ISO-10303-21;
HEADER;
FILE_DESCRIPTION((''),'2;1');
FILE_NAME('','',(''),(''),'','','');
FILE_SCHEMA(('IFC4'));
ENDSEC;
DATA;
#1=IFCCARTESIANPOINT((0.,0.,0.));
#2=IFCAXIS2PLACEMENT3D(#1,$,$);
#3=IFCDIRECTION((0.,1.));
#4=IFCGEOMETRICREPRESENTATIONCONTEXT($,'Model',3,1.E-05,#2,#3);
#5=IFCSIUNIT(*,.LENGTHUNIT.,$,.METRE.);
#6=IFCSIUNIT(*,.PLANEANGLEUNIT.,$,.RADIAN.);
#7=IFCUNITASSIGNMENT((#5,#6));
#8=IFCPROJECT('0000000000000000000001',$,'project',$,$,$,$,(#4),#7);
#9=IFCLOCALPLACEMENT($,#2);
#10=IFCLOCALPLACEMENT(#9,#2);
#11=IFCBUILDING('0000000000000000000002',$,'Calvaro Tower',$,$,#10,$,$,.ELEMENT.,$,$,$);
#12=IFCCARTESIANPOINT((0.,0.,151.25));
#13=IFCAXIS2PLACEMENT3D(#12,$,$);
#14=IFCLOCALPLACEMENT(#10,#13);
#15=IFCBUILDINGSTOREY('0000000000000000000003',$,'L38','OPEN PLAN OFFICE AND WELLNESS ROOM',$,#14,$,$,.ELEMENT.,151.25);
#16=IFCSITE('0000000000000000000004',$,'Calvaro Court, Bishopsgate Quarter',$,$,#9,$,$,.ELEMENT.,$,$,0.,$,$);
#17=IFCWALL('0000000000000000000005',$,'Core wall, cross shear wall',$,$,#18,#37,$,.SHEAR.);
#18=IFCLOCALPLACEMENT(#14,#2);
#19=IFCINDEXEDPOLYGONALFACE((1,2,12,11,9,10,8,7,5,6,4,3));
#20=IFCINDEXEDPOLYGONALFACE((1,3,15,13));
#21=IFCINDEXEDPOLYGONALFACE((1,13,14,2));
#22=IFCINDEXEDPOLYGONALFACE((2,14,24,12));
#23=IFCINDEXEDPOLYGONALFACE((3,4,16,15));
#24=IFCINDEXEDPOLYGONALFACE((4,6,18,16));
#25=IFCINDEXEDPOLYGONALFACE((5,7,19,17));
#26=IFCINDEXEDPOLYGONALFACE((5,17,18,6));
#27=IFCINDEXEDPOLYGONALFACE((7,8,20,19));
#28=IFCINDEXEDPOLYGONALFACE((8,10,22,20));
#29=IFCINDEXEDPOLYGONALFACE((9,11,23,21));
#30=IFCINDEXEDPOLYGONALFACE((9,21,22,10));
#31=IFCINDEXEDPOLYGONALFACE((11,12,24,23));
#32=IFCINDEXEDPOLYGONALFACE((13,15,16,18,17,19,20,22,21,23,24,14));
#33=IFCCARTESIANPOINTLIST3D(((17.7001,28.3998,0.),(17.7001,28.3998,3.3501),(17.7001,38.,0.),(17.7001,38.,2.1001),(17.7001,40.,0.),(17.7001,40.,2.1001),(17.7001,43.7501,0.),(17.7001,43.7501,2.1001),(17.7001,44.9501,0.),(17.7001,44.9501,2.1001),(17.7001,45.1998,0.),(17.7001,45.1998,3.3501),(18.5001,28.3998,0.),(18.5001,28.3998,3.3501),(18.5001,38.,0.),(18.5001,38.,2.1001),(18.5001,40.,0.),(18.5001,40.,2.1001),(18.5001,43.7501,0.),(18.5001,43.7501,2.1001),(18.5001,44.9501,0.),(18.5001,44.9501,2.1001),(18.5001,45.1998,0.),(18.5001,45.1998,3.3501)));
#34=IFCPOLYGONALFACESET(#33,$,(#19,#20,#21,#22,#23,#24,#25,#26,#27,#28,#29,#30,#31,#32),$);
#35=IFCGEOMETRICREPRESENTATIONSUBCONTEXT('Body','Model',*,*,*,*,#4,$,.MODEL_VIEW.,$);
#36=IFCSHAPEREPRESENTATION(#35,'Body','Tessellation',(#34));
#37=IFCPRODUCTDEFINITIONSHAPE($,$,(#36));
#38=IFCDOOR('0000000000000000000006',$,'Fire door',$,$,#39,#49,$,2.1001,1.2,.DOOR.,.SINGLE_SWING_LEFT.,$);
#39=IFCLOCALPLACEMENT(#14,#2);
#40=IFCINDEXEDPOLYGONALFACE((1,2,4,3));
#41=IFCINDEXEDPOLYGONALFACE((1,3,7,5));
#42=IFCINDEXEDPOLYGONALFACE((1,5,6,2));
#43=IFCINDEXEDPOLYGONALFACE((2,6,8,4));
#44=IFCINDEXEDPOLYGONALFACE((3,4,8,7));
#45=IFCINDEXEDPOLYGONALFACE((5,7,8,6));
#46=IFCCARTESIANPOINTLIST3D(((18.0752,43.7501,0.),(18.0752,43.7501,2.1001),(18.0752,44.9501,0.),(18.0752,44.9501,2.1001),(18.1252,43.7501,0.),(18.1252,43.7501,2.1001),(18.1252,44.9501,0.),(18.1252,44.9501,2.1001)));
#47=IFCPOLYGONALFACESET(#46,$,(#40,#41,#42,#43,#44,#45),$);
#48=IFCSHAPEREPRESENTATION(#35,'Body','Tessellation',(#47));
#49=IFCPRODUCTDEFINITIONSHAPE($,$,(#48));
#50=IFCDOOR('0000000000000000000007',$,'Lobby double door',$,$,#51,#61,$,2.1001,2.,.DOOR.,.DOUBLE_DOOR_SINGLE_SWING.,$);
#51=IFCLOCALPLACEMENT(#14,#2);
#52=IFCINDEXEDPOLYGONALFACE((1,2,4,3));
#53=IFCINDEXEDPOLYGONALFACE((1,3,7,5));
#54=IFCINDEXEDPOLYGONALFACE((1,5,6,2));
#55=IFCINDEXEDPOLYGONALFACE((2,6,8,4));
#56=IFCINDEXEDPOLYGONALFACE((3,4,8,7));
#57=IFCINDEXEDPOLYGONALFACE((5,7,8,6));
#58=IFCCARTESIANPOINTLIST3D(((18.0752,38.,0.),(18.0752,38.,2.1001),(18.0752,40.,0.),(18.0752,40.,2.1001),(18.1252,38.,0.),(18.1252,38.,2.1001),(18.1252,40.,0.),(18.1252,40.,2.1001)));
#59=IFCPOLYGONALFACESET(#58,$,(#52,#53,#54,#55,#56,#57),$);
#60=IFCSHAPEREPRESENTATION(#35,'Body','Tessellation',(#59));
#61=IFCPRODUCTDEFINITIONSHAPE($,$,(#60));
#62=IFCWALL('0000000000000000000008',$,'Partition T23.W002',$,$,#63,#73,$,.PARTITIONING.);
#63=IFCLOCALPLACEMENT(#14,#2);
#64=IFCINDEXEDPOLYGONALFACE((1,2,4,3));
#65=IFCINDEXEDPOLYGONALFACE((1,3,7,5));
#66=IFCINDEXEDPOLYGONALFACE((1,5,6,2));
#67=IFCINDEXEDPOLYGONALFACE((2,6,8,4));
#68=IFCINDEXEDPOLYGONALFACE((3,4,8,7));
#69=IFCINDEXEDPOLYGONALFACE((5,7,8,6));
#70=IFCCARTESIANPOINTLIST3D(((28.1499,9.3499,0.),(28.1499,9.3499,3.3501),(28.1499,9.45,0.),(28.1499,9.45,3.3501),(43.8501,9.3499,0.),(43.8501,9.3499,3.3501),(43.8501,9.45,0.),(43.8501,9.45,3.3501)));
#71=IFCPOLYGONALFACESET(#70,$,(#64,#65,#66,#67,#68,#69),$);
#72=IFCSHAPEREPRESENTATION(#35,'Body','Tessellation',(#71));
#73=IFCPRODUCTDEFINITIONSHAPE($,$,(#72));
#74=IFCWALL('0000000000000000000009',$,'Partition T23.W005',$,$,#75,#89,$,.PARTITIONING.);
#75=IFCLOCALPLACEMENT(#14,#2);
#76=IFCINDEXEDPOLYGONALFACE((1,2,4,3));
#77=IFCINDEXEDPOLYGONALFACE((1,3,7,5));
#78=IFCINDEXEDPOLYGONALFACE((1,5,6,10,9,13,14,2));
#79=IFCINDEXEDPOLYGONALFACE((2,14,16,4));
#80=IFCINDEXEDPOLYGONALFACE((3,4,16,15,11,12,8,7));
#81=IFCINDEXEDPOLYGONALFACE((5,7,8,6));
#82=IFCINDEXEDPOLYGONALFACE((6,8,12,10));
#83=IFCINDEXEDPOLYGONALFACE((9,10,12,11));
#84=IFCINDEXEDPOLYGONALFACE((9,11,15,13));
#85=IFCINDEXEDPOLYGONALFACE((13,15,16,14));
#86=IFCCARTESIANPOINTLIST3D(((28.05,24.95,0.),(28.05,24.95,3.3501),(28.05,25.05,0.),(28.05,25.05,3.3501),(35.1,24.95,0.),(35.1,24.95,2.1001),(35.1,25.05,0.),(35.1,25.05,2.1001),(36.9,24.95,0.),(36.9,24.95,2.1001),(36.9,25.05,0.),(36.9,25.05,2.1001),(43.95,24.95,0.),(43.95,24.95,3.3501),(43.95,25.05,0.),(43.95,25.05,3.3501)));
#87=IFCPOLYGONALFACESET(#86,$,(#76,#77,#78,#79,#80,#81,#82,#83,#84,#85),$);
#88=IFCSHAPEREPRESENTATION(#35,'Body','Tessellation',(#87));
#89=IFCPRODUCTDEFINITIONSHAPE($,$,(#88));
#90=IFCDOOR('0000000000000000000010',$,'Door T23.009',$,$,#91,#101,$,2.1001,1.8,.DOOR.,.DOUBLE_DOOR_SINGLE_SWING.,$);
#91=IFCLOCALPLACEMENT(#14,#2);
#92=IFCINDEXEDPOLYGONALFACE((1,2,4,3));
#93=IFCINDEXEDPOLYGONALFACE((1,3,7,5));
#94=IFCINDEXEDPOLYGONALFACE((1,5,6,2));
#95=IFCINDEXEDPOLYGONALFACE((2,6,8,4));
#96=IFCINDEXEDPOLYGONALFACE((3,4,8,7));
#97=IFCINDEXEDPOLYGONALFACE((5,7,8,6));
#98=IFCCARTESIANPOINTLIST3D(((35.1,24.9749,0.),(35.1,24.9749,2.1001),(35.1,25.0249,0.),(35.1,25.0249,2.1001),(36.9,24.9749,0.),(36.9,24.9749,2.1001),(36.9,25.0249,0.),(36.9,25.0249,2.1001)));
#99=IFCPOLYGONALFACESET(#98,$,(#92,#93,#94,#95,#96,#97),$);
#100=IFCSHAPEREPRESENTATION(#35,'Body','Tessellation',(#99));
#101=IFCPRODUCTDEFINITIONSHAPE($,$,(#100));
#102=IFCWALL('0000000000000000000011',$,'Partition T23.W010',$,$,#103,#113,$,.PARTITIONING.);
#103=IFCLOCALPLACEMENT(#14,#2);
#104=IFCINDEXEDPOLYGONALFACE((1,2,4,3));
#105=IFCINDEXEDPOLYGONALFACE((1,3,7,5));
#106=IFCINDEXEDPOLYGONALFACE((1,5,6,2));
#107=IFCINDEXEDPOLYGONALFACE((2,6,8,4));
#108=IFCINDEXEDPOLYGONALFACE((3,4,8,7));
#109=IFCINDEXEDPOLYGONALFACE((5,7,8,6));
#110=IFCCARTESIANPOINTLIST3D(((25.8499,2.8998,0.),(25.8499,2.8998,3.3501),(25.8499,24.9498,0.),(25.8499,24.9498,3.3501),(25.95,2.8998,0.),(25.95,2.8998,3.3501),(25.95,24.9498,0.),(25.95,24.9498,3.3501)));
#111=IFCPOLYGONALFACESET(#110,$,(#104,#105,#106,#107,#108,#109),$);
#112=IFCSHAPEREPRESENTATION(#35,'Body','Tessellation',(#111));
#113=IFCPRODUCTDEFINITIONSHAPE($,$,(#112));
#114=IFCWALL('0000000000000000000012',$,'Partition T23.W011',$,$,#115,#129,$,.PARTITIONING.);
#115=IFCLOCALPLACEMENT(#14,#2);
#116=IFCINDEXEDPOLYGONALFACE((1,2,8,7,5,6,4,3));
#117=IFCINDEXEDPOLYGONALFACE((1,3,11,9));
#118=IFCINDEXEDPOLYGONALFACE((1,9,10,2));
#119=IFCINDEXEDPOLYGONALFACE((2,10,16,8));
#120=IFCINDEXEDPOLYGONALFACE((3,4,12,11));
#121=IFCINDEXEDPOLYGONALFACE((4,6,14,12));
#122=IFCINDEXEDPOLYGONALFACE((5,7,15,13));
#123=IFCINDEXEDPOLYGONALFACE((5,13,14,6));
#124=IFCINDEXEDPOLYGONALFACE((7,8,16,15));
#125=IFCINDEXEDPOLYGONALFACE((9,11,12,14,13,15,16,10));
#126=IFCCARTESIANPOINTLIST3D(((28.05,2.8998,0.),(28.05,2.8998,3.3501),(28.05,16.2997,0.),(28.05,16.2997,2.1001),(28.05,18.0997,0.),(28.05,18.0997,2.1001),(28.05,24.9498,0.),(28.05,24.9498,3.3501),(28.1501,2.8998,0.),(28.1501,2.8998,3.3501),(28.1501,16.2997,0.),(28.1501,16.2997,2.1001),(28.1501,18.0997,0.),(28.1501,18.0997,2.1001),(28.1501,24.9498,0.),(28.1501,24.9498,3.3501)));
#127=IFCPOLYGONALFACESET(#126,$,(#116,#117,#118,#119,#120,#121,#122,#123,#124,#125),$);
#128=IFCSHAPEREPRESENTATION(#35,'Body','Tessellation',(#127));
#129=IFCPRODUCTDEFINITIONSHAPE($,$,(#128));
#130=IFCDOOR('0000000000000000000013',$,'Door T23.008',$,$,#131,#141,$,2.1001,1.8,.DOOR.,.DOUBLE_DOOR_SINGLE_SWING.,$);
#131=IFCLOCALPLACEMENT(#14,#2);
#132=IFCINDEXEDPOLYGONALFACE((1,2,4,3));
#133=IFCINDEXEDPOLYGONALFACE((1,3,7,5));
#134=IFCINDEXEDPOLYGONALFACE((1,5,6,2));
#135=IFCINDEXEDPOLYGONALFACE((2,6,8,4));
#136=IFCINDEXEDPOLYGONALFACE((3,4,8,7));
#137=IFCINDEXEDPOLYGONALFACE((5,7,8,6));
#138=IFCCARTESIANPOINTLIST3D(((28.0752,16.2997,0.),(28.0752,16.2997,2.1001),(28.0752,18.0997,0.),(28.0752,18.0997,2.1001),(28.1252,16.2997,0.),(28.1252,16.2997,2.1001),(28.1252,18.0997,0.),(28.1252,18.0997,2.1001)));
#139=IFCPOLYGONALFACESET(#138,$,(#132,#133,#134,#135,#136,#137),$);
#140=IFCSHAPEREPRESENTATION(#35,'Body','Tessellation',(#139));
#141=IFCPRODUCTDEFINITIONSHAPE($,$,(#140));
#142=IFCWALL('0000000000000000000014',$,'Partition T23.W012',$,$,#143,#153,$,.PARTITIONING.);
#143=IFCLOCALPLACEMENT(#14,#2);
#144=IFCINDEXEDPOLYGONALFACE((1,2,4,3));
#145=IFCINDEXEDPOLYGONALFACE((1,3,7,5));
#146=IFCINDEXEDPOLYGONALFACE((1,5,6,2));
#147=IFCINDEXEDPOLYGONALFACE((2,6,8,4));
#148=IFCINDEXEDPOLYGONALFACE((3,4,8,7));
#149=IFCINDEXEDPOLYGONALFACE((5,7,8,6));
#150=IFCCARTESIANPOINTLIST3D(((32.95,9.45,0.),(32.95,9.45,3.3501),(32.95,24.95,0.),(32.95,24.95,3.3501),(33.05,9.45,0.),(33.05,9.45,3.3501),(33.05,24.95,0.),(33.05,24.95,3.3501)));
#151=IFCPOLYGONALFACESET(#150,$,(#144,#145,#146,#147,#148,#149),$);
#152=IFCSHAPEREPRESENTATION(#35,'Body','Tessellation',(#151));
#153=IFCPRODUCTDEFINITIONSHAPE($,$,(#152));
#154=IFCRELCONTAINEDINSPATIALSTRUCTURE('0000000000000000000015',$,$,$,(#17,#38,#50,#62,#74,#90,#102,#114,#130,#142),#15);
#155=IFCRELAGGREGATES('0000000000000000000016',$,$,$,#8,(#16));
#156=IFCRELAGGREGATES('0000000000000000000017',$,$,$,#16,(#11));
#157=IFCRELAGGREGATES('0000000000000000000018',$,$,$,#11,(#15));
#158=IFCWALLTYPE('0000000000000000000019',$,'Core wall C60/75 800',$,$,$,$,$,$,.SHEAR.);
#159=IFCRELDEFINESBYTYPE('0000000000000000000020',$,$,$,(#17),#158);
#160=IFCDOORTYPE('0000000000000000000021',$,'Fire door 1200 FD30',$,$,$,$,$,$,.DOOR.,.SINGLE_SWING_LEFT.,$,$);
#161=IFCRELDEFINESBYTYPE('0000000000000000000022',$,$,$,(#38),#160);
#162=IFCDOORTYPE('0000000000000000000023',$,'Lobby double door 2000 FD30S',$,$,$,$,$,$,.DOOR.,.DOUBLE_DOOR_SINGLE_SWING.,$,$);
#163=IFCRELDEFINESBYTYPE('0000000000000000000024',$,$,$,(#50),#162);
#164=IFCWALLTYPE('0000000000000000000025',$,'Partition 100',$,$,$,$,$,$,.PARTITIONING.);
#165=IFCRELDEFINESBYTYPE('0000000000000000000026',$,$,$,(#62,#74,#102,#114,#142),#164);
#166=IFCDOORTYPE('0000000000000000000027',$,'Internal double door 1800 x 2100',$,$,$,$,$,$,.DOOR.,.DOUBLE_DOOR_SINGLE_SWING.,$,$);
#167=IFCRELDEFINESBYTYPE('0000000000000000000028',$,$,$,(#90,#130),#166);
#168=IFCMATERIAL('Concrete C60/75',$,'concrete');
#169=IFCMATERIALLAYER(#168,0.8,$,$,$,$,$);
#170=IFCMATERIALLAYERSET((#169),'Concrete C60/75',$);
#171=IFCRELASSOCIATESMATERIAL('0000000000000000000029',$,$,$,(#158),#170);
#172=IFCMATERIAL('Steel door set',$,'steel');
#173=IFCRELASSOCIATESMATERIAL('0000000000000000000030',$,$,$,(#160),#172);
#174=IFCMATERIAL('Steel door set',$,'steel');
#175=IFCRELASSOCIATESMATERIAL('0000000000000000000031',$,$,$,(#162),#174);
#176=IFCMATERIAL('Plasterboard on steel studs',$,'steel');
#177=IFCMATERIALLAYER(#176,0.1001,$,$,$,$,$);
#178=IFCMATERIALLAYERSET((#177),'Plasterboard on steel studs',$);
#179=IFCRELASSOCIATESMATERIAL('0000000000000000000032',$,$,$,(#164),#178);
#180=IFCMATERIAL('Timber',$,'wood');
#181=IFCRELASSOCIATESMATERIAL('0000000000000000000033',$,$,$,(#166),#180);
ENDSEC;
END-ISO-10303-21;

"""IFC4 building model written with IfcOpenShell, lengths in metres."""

from ifc_helpers import new_model, si_unit, direction, frame, frame_2d, origin, place, context, subcontext, project, spatial, rectangle, extrude, material, layer, layer_set, type_object, element, fill, save


model = new_model("IFC4")

# Units and contexts
model_context = context("Model", 3, precision=1e-05, world=origin(), true_north=direction((0.0, 1.0)))
body_context = subcontext(model_context, "Body", "Model", "MODEL_VIEW")
ifc_project = project(units=[si_unit("LENGTHUNIT", "METRE"), si_unit("PLANEANGLEUNIT", "RADIAN")], contexts=[model_context])

# Site, building, storey
site_placement = place(None, origin())
site = spatial("IfcSite", under=ifc_project, at=site_placement, Name="Calvaro Court, Bishopsgate Quarter", CompositionType="ELEMENT", RefElevation=0.0)
building_placement = place(site_placement, origin())
building = spatial("IfcBuilding", under=site, at=building_placement, Name="Calvaro Tower", CompositionType="ELEMENT")
storey_placement = place(building_placement, frame((0.0, 0.0, 151.25)))
storey = spatial("IfcBuildingStorey", under=building, at=storey_placement, Name="L38", Description="OPEN PLAN OFFICE AND WELLNESS ROOM", CompositionType="ELEMENT", Elevation=151.25)

# Wall, openings, doors
ifc_material_1 = material(Name="Concrete C60/75", Category="concrete")
ifc_layer_1 = layer(ifc_material_1, 0.8)
ifc_layer_set_1 = layer_set([ifc_layer_1], Name="Concrete C60/75")
wall_type_1 = type_object("IfcWallType", Name="Core wall C60/75 800", PredefinedType="SHEAR", material=ifc_layer_set_1)
wall_1_placement = place(storey_placement, frame((18.1001, 28.3999, 0.0), z_axis=(0.0, 0.0, 1.0), x_axis=(0.0, 1.0, 0.0)))
wall_1 = element("IfcWall", 1, at=wall_1_placement, inside=storey, type_object=wall_type_1, Name="Core wall, cross shear wall", PredefinedType="SHEAR", context=body_context, shape_type="SweptSolid", body=[
    extrude(rectangle(XDim=16.8, YDim=0.8, at=frame_2d((8.3999, 0.0))), origin(), (0.0, 0.0, 1.0), 3.3501),
])
opening_1_placement = place(wall_1_placement, frame((9.6001, 0.0, 0.0)))
opening_1 = element("IfcOpeningElement", 2, at=opening_1_placement, cuts=wall_1, PredefinedType="OPENING", context=body_context, shape_type="SweptSolid", body=[
    extrude(rectangle(XDim=2.0, YDim=2.1001, at=frame_2d((1.0, 1.05))), frame((0.0, 0.4099, 0.0), z_axis=(0.0, -1.0, 0.0), x_axis=(1.0, 0.0, 0.0)), (0.0, 0.0, 1.0), 0.8201),
])
opening_2_placement = place(wall_1_placement, frame((15.3501, 0.0, 0.0)))
opening_2 = element("IfcOpeningElement", 3, at=opening_2_placement, cuts=wall_1, PredefinedType="OPENING", context=body_context, shape_type="SweptSolid", body=[
    extrude(rectangle(XDim=1.2, YDim=2.1001, at=frame_2d((0.6001, 1.05))), frame((0.0, 0.4099, 0.0), z_axis=(0.0, -1.0, 0.0), x_axis=(1.0, 0.0, 0.0)), (0.0, 0.0, 1.0), 0.8201),
])
ifc_material_2 = material(Name="Steel door set", Category="steel")
door_type_1 = type_object("IfcDoorType", Name="Fire door 1200 FD30", OperationType="SINGLE_SWING_LEFT", PredefinedType="DOOR", material=ifc_material_2)
door_1_placement = place(opening_2_placement, origin())
door_1 = element("IfcDoor", 4, at=door_1_placement, inside=storey, type_object=door_type_1, Name="Fire door", OperationType="SINGLE_SWING_LEFT", OverallHeight=2.1001, OverallWidth=1.2, PredefinedType="DOOR", context=body_context, shape_type="SweptSolid", body=[
    extrude(rectangle(XDim=1.2, YDim=2.1001, at=frame_2d((0.6001, 1.05))), frame((0.0, 0.0249, 0.0), z_axis=(0.0, -1.0, 0.0), x_axis=(1.0, 0.0, 0.0)), (0.0, 0.0, 1.0), 0.05),
])
fill(opening_2, door_1)
ifc_material_3 = material(Name="Steel door set", Category="steel")
door_type_2 = type_object("IfcDoorType", Name="Lobby double door 2000 FD30S", OperationType="DOUBLE_DOOR_SINGLE_SWING", PredefinedType="DOOR", material=ifc_material_3)
door_2_placement = place(opening_1_placement, origin())
door_2 = element("IfcDoor", 5, at=door_2_placement, inside=storey, type_object=door_type_2, Name="Lobby double door", OperationType="DOUBLE_DOOR_SINGLE_SWING", OverallHeight=2.1001, OverallWidth=2.0, PredefinedType="DOOR", context=body_context, shape_type="SweptSolid", body=[
    extrude(rectangle(XDim=2.0, YDim=2.1001, at=frame_2d((1.0, 1.05))), frame((0.0, 0.0249, 0.0), z_axis=(0.0, -1.0, 0.0), x_axis=(1.0, 0.0, 0.0)), (0.0, 0.0, 1.0), 0.05),
])
fill(opening_1, door_2)

# Wall
ifc_material_4 = material(Name="Plasterboard on steel studs", Category="steel")
ifc_layer_2 = layer(ifc_material_4, 0.1001)
ifc_layer_set_2 = layer_set([ifc_layer_2], Name="Plasterboard on steel studs")
wall_type_2 = type_object("IfcWallType", Name="Partition 100", PredefinedType="PARTITIONING", material=ifc_layer_set_2)
wall_2_placement = place(storey_placement, frame((28.1499, 9.3999, 0.0), z_axis=(0.0, 0.0, 1.0), x_axis=(1.0, 0.0, 0.0)))
element("IfcWall", 6, at=wall_2_placement, inside=storey, type_object=wall_type_2, Name="Partition T23.W002", PredefinedType="PARTITIONING", context=body_context, shape_type="SweptSolid", body=[
    extrude(rectangle(XDim=15.7002, YDim=0.1001, at=frame_2d((7.8501, 0.0))), origin(), (0.0, 0.0, 1.0), 3.3501),
])

# Wall, opening, door
wall_3_placement = place(storey_placement, frame((28.05, 25.0, 0.0), z_axis=(0.0, 0.0, 1.0), x_axis=(1.0, 0.0, 0.0)))
wall_3 = element("IfcWall", 7, at=wall_3_placement, inside=storey, type_object=wall_type_2, Name="Partition T23.W005", PredefinedType="PARTITIONING", context=body_context, shape_type="SweptSolid", body=[
    extrude(rectangle(XDim=15.8999, YDim=0.1001, at=frame_2d((7.95, 0.0))), origin(), (0.0, 0.0, 1.0), 3.3501),
])
opening_3_placement = place(wall_3_placement, frame((7.05, 0.0, 0.0)))
opening_3 = element("IfcOpeningElement", 8, at=opening_3_placement, cuts=wall_3, PredefinedType="OPENING", context=body_context, shape_type="SweptSolid", body=[
    extrude(rectangle(XDim=1.8, YDim=2.1001, at=frame_2d((0.8999, 1.05))), frame((0.0, 0.0601, 0.0), z_axis=(0.0, -1.0, 0.0), x_axis=(1.0, 0.0, 0.0)), (0.0, 0.0, 1.0), 0.1201),
])
ifc_material_5 = material(Name="Timber", Category="wood")
door_type_3 = type_object("IfcDoorType", Name="Internal double door 1800 x 2100", OperationType="DOUBLE_DOOR_SINGLE_SWING", PredefinedType="DOOR", material=ifc_material_5)
door_3_placement = place(opening_3_placement, origin())
door_3 = element("IfcDoor", 9, at=door_3_placement, inside=storey, type_object=door_type_3, Name="Door T23.009", OperationType="DOUBLE_DOOR_SINGLE_SWING", OverallHeight=2.1001, OverallWidth=1.8, PredefinedType="DOOR", context=body_context, shape_type="SweptSolid", body=[
    extrude(rectangle(XDim=1.8, YDim=2.1001, at=frame_2d((0.8999, 1.05))), frame((0.0, 0.0249, 0.0), z_axis=(0.0, -1.0, 0.0), x_axis=(1.0, 0.0, 0.0)), (0.0, 0.0, 1.0), 0.05),
])
fill(opening_3, door_3)

# Wall
wall_4_placement = place(storey_placement, frame((25.8999, 2.8999, 0.0), z_axis=(0.0, 0.0, 1.0), x_axis=(0.0, 1.0, 0.0)))
element("IfcWall", 10, at=wall_4_placement, inside=storey, type_object=wall_type_2, Name="Partition T23.W010", PredefinedType="PARTITIONING", context=body_context, shape_type="SweptSolid", body=[
    extrude(rectangle(XDim=22.05, YDim=0.1001, at=frame_2d((11.0249, 0.0))), origin(), (0.0, 0.0, 1.0), 3.3501),
])

# Wall, opening, door
wall_5_placement = place(storey_placement, frame((28.1001, 2.8999, 0.0), z_axis=(0.0, 0.0, 1.0), x_axis=(0.0, 1.0, 0.0)))
wall_5 = element("IfcWall", 11, at=wall_5_placement, inside=storey, type_object=wall_type_2, Name="Partition T23.W011", PredefinedType="PARTITIONING", context=body_context, shape_type="SweptSolid", body=[
    extrude(rectangle(XDim=22.05, YDim=0.1001, at=frame_2d((11.0249, 0.0))), origin(), (0.0, 0.0, 1.0), 3.3501),
])
opening_4_placement = place(wall_5_placement, frame((13.3999, 0.0, 0.0)))
opening_4 = element("IfcOpeningElement", 12, at=opening_4_placement, cuts=wall_5, PredefinedType="OPENING", context=body_context, shape_type="SweptSolid", body=[
    extrude(rectangle(XDim=1.8, YDim=2.1001, at=frame_2d((0.8999, 1.05))), frame((0.0, 0.0601, 0.0), z_axis=(0.0, -1.0, 0.0), x_axis=(1.0, 0.0, 0.0)), (0.0, 0.0, 1.0), 0.1201),
])
door_4_placement = place(opening_4_placement, origin())
door_4 = element("IfcDoor", 13, at=door_4_placement, inside=storey, type_object=door_type_3, Name="Door T23.008", OperationType="DOUBLE_DOOR_SINGLE_SWING", OverallHeight=2.1001, OverallWidth=1.8, PredefinedType="DOOR", context=body_context, shape_type="SweptSolid", body=[
    extrude(rectangle(XDim=1.8, YDim=2.1001, at=frame_2d((0.8999, 1.05))), frame((0.0, 0.0249, 0.0), z_axis=(0.0, -1.0, 0.0), x_axis=(1.0, 0.0, 0.0)), (0.0, 0.0, 1.0), 0.05),
])
fill(opening_4, door_4)

# Wall
wall_6_placement = place(storey_placement, frame((33.0, 9.45, 0.0), z_axis=(0.0, 0.0, 1.0), x_axis=(0.0, 1.0, 0.0)))
element("IfcWall", 14, at=wall_6_placement, inside=storey, type_object=wall_type_2, Name="Partition T23.W012", PredefinedType="PARTITIONING", context=body_context, shape_type="SweptSolid", body=[
    extrude(rectangle(XDim=15.5, YDim=0.1001, at=frame_2d((7.75, 0.0))), origin(), (0.0, 0.0, 1.0), 3.3501),
])

save(model, "model.ifc")
